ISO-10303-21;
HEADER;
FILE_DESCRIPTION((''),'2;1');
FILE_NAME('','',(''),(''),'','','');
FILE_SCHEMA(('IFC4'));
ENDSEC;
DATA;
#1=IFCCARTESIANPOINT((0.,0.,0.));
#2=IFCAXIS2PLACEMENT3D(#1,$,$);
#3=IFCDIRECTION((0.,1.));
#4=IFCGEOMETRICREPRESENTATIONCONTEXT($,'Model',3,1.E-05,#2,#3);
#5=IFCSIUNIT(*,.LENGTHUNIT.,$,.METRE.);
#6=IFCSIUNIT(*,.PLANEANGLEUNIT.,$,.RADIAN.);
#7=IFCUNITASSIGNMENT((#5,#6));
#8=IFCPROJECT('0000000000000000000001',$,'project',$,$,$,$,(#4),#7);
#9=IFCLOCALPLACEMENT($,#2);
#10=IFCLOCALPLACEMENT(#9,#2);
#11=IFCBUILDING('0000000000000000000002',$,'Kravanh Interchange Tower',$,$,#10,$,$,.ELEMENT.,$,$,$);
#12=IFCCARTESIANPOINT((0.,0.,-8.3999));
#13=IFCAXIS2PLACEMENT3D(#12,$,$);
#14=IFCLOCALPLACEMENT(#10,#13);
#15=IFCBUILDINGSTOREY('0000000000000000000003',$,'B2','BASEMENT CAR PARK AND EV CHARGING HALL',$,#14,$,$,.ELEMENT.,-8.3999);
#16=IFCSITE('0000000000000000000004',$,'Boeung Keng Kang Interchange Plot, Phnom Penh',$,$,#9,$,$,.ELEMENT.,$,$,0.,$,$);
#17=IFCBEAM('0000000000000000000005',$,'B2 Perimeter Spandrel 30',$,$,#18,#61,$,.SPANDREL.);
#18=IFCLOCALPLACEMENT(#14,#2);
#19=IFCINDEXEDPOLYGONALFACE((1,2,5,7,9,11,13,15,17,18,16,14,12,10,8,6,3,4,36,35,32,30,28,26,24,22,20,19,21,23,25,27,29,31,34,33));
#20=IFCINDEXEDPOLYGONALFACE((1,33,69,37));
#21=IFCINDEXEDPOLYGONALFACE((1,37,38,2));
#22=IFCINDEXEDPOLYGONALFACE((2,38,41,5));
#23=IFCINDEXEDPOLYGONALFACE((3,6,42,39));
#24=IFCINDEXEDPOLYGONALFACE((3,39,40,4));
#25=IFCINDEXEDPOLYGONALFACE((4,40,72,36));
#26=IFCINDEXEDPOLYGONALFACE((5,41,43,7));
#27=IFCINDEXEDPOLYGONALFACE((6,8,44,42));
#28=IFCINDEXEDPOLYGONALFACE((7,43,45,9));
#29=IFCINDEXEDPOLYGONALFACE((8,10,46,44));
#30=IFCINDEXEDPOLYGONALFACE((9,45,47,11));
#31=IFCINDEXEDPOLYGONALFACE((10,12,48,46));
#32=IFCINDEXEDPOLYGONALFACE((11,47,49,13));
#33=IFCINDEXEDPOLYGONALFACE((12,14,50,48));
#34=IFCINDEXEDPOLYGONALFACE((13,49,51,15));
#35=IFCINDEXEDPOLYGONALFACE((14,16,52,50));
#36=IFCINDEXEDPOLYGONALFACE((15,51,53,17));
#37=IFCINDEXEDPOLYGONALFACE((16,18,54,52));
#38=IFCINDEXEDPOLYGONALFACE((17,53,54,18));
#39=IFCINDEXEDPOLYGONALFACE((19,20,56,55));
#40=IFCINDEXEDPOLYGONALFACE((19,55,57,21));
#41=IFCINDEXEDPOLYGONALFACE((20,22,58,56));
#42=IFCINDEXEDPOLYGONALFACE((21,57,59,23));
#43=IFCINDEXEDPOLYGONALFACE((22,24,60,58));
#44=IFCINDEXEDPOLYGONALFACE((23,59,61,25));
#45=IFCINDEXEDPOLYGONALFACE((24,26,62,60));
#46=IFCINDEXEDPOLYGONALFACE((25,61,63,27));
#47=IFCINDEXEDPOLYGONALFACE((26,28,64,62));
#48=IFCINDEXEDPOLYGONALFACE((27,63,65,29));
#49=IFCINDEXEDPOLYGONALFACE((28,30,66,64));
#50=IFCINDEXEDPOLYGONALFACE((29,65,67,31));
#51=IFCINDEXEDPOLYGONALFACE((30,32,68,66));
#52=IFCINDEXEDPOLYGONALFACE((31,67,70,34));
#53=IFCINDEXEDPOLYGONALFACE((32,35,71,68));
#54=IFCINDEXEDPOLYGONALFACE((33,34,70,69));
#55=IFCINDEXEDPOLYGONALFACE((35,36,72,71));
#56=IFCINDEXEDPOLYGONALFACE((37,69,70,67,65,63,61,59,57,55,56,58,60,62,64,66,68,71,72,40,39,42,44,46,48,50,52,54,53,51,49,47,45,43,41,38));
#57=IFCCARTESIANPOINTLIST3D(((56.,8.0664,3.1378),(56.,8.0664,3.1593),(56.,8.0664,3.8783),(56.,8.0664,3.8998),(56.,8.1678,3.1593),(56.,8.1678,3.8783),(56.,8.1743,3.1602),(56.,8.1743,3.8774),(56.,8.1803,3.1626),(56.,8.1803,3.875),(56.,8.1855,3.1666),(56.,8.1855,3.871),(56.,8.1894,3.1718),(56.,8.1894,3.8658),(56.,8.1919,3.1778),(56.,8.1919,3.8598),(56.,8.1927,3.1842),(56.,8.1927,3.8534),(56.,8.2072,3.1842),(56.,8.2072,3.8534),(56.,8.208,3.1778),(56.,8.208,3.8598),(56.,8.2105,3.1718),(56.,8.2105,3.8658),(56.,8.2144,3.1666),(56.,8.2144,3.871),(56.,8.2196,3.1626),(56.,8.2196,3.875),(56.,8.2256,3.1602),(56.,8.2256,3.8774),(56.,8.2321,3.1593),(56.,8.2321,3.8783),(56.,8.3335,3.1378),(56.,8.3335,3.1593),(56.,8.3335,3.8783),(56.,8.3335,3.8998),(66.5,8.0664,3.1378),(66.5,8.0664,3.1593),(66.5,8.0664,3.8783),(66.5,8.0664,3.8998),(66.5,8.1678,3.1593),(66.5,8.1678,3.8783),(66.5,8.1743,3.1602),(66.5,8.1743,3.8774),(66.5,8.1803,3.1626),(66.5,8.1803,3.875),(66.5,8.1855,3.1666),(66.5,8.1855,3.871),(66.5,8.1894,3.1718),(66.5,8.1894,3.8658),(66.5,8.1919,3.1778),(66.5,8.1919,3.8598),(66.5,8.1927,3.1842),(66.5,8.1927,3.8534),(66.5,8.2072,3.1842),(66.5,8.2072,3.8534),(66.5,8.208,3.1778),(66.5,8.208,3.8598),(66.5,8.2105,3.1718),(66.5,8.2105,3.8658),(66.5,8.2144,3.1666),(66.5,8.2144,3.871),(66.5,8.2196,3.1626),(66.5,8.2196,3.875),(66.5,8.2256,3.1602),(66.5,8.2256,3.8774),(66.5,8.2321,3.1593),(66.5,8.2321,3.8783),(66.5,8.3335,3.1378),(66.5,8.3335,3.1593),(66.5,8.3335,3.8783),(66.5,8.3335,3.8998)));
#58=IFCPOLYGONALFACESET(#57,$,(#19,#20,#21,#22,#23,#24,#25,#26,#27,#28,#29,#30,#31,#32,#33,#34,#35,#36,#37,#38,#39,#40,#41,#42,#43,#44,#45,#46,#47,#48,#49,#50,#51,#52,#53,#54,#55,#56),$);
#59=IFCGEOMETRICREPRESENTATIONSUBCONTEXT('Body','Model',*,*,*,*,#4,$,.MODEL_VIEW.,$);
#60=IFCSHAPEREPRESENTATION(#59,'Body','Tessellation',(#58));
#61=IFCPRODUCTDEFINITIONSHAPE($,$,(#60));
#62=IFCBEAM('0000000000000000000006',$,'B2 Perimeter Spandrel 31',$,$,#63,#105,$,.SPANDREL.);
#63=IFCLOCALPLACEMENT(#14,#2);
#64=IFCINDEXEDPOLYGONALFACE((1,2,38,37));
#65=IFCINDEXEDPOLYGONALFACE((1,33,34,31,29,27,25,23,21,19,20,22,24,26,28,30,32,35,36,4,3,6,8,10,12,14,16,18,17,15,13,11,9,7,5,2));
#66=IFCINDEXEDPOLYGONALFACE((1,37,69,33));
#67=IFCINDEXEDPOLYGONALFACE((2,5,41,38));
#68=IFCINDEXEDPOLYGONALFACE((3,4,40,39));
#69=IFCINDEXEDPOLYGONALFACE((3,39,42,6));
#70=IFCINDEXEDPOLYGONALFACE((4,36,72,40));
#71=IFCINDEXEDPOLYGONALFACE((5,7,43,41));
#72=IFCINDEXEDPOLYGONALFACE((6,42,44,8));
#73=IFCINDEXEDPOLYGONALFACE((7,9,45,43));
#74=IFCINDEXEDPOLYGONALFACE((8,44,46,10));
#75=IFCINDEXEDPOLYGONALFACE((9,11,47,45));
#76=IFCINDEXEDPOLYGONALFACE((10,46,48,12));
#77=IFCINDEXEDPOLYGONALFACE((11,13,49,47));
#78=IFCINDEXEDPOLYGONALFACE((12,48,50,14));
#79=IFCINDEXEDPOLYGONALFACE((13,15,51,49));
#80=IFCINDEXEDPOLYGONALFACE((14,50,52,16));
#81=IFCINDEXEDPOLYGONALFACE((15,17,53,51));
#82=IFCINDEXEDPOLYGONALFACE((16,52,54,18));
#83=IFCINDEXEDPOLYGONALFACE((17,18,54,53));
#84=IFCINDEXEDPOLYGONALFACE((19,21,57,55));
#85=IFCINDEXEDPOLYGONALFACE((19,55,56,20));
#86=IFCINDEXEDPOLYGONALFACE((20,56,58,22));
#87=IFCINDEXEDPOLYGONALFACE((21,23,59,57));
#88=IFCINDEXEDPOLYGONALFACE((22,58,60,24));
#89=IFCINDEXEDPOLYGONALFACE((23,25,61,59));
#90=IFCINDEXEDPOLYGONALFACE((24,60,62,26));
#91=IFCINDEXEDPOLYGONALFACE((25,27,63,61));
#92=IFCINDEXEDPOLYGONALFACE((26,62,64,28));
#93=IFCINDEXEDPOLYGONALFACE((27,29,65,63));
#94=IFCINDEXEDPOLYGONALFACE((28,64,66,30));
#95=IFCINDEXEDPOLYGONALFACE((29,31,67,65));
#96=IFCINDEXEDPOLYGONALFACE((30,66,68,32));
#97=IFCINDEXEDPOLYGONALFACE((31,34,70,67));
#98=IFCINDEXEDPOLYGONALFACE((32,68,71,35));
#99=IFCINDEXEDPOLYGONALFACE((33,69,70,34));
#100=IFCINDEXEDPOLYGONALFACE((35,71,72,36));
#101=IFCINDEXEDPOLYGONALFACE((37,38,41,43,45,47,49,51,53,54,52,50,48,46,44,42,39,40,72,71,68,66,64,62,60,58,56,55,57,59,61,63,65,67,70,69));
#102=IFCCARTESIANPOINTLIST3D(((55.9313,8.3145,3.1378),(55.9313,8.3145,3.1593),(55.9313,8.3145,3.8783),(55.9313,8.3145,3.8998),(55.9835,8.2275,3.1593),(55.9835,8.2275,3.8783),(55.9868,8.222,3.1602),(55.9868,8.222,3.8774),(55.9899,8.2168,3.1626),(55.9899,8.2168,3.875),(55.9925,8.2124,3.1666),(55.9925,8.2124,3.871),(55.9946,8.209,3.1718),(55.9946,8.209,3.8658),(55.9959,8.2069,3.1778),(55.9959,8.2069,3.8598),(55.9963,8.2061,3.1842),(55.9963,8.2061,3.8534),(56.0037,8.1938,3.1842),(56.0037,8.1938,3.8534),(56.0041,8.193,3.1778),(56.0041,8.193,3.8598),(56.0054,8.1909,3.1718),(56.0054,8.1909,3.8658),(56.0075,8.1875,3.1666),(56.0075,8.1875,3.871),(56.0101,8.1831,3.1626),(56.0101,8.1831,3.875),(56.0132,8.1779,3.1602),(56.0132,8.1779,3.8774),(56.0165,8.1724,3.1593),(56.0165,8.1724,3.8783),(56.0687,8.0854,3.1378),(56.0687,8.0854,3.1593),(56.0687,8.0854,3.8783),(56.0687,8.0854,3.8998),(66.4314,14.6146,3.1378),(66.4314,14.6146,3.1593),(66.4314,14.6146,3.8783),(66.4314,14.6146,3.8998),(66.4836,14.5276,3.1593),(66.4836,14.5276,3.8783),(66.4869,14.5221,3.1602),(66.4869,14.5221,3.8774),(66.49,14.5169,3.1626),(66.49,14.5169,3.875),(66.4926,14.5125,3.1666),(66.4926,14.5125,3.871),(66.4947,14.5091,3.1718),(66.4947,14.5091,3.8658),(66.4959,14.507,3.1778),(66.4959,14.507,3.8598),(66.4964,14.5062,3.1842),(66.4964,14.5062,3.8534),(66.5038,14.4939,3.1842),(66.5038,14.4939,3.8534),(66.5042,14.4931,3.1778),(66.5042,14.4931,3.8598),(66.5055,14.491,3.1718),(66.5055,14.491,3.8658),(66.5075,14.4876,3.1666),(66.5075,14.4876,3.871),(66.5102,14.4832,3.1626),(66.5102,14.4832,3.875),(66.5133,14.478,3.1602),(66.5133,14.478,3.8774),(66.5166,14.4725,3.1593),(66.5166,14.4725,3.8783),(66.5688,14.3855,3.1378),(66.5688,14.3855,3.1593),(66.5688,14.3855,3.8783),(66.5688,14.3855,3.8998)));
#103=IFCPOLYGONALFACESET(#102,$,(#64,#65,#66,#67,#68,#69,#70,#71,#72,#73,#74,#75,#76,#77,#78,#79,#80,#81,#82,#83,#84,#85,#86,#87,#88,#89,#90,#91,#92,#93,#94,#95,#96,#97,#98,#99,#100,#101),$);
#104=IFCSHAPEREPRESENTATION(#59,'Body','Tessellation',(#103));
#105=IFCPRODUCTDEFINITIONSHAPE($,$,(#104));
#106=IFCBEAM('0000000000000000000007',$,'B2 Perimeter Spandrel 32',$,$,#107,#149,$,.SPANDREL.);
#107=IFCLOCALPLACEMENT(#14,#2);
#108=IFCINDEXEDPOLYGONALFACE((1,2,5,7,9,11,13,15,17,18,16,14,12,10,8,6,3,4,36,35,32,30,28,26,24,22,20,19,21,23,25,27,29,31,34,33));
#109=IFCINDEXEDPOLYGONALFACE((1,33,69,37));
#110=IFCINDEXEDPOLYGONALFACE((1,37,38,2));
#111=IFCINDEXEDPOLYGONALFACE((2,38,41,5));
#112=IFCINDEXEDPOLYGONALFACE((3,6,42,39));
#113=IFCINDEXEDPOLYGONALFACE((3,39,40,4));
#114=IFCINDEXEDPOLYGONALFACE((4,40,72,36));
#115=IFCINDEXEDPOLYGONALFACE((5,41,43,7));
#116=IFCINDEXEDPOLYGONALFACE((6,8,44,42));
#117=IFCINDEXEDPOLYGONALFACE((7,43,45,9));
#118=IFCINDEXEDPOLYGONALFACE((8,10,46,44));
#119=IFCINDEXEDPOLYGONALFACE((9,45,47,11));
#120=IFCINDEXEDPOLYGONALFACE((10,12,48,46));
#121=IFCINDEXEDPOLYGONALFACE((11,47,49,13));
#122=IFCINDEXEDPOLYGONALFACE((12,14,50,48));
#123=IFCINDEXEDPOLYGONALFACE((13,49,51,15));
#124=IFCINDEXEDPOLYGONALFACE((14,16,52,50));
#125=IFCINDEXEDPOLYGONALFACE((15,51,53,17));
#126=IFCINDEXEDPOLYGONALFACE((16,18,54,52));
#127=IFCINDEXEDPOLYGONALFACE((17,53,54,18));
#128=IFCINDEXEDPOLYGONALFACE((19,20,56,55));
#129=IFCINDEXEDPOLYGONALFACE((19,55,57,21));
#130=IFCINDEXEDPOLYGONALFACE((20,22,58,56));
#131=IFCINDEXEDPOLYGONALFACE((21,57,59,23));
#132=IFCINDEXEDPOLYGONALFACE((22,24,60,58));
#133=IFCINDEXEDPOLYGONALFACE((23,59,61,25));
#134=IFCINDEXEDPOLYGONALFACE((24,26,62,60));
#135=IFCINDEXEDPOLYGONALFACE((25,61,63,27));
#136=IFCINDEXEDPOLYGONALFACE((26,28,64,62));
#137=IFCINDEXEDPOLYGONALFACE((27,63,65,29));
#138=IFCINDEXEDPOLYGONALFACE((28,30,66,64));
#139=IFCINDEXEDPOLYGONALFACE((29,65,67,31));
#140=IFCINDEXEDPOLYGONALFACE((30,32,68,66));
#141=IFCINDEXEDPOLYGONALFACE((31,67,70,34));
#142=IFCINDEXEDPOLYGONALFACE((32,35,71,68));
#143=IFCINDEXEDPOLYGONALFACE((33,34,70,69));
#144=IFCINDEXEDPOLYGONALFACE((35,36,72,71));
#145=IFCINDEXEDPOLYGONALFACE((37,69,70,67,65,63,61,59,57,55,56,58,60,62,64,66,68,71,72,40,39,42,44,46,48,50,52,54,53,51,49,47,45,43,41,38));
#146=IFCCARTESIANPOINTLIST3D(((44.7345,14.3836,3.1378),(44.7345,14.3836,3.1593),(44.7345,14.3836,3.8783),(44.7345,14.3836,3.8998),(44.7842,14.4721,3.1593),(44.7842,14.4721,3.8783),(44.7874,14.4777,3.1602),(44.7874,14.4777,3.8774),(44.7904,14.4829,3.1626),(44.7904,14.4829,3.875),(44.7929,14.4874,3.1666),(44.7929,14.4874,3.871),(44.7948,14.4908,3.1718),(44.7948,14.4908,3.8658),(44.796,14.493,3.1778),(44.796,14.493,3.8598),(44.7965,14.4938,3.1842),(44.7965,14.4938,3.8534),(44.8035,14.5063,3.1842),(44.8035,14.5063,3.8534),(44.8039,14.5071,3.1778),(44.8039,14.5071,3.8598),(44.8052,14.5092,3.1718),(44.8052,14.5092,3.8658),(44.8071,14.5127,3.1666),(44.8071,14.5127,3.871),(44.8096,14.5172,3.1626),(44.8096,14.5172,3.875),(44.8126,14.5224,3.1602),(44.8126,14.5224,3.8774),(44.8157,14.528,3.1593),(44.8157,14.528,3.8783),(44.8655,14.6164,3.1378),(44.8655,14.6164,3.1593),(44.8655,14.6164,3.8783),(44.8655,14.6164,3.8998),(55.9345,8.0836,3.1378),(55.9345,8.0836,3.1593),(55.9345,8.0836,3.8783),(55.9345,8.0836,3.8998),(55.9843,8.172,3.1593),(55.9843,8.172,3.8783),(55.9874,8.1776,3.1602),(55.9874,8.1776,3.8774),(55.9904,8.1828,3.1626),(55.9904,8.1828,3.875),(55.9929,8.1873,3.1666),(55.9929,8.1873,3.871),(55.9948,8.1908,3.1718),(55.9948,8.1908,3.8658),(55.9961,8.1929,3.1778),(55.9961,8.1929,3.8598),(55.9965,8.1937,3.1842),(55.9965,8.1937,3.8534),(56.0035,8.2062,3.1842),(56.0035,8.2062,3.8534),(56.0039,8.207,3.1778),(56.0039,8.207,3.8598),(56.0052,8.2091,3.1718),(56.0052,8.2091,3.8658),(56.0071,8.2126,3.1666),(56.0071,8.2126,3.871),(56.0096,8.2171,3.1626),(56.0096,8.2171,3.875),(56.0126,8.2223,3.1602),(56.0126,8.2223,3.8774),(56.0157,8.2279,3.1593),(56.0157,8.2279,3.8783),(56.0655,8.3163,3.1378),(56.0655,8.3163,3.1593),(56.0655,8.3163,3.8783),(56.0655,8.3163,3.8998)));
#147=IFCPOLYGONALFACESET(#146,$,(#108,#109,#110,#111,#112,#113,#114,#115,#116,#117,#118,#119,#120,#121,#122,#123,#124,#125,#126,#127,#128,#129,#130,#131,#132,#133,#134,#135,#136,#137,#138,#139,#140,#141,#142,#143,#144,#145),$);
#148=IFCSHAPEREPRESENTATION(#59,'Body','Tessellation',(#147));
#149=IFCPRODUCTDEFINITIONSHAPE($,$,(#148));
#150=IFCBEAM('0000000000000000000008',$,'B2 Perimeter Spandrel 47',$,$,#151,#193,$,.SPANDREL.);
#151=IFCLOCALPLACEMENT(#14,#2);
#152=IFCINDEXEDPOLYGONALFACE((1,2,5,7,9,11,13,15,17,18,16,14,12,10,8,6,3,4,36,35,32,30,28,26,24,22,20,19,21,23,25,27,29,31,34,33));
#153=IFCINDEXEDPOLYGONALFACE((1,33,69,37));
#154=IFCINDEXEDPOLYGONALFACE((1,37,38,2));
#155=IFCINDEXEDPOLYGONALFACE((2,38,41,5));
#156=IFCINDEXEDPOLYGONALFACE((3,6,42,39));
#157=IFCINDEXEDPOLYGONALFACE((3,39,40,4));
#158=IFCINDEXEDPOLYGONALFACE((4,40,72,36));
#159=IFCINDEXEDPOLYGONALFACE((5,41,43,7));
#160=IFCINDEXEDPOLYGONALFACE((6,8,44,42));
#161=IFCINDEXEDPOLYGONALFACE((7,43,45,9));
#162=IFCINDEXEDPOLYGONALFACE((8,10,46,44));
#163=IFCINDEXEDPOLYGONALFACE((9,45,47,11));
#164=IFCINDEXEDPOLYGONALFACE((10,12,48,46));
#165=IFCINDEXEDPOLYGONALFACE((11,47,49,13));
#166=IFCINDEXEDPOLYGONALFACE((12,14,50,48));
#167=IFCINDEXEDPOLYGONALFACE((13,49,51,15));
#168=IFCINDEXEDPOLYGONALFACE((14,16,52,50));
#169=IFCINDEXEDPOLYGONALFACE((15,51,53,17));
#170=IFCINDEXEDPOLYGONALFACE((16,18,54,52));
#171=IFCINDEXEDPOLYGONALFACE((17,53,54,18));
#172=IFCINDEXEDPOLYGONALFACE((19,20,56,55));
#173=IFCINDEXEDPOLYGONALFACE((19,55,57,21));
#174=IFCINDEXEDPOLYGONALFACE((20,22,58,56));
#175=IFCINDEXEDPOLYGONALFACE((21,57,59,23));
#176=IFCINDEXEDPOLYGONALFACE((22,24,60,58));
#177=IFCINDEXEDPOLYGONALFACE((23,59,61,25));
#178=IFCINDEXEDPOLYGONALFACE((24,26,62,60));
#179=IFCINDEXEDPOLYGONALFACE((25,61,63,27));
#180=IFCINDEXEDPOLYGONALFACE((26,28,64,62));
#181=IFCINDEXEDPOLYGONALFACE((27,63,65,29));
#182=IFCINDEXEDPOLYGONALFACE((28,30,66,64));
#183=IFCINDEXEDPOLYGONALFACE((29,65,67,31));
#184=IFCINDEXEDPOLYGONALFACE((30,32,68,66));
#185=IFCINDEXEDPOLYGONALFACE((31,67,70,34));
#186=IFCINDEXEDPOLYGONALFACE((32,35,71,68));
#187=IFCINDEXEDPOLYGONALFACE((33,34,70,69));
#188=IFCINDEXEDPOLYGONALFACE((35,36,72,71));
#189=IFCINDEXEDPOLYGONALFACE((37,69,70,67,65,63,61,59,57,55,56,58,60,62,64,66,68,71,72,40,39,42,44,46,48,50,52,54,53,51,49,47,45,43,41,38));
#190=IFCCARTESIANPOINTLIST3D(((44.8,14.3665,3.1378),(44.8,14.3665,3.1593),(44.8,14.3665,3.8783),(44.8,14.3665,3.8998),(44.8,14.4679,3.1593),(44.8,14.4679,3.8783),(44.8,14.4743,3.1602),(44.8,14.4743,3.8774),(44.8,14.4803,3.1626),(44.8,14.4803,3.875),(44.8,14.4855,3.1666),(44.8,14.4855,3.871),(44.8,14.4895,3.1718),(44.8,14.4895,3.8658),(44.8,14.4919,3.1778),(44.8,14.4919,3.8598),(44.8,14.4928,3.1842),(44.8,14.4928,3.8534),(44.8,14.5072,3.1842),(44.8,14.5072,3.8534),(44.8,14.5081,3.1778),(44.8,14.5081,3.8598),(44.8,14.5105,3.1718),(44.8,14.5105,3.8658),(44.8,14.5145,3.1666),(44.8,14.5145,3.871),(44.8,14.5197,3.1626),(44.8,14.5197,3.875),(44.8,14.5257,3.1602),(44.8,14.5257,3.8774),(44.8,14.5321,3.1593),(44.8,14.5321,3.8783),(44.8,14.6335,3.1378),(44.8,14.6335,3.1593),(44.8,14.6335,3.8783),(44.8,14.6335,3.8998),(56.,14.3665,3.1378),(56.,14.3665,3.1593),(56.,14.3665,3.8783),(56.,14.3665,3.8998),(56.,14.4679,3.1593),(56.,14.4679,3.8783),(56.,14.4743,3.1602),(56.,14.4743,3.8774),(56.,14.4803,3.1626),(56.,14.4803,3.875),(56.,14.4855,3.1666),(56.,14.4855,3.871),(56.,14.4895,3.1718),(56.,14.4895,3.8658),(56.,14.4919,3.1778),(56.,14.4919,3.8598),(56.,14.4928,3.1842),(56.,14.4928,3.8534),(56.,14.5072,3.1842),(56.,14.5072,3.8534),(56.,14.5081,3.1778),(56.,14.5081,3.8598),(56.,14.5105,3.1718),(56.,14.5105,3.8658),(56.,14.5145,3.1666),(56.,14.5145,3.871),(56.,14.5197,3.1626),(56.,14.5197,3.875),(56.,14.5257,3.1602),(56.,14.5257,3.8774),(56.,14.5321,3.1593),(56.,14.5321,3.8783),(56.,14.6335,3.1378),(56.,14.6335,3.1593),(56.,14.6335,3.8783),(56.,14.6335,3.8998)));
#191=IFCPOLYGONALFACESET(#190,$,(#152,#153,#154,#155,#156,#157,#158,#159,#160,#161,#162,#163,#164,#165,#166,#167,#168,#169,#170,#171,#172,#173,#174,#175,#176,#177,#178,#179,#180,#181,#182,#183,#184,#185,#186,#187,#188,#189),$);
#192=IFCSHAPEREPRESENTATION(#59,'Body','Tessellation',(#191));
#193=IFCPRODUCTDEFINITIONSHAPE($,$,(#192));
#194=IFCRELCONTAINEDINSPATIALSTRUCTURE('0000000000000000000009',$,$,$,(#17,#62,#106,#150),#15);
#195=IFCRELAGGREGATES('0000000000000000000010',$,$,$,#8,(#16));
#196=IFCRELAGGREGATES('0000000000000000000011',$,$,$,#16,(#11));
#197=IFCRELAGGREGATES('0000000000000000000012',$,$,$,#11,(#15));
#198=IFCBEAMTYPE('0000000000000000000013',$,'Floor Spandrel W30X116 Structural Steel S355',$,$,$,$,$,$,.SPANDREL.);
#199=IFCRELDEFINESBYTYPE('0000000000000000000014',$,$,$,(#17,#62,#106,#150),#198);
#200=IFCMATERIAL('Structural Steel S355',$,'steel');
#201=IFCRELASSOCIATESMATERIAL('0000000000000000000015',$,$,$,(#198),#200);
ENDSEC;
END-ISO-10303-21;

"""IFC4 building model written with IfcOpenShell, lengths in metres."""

from ifc_helpers import new_model, si_unit, direction, frame, origin, origin_2d, place, context, subcontext, project, spatial, i_section, extrude, material, material_profile, profile_set, type_object, element, save


model = new_model("IFC4")

# Units and contexts
model_context = context("Model", 3, precision=1e-05, world=origin(), true_north=direction((0.0, 1.0)))
body_context = subcontext(model_context, "Body", "Model", "MODEL_VIEW")
ifc_project = project(units=[si_unit("LENGTHUNIT", "METRE"), si_unit("PLANEANGLEUNIT", "RADIAN")], contexts=[model_context])

# Site, building, storey
site_placement = place(None, origin())
site = spatial("IfcSite", under=ifc_project, at=site_placement, Name="Boeung Keng Kang Interchange Plot, Phnom Penh", CompositionType="ELEMENT", RefElevation=0.0)
building_placement = place(site_placement, origin())
building = spatial("IfcBuilding", under=site, at=building_placement, Name="Kravanh Interchange Tower", CompositionType="ELEMENT")
storey_placement = place(building_placement, frame((0.0, 0.0, -8.3999)))
storey = spatial("IfcBuildingStorey", under=building, at=storey_placement, Name="B2", Description="BASEMENT CAR PARK AND EV CHARGING HALL", CompositionType="ELEMENT", Elevation=-8.3999)

# Beams
ifc_material_1 = material(Name="Structural Steel S355", Category="steel")
ifc_material_profile_1 = material_profile(ifc_material_1, i_section(OverallWidth=0.2671, OverallDepth=0.762, WebThickness=0.0144, FlangeThickness=0.0215, FilletRadius=0.0249, at=origin_2d()), Name="W30X116")
ifc_profile_set_1 = profile_set([ifc_material_profile_1], Name="Structural Steel S355")
beam_type_1 = type_object("IfcBeamType", Name="Floor Spandrel W30X116 Structural Steel S355", PredefinedType="SPANDREL", material=ifc_profile_set_1)
beam_1_placement = place(storey_placement, frame((56.0, 8.2, 3.5188), z_axis=(1.0, 0.0, 0.0), x_axis=(0.0, 1.0, 0.0)))
element("IfcBeam", 1, at=beam_1_placement, inside=storey, type_object=beam_type_1, Name="B2 Perimeter Spandrel 30", PredefinedType="SPANDREL", context=body_context, shape_type="SweptSolid", body=[
    extrude(i_section(OverallWidth=0.2671, OverallDepth=0.762, WebThickness=0.0144, FlangeThickness=0.0215, FilletRadius=0.0249, at=origin_2d()), origin(), (0.0, 0.0, 1.0), 10.5),
])
beam_2_placement = place(storey_placement, frame((56.0, 8.2, 3.5188), z_axis=(0.857491, 0.514499, 0.0), x_axis=(-0.514499, 0.857491, 0.0)))
element("IfcBeam", 2, at=beam_2_placement, inside=storey, type_object=beam_type_1, Name="B2 Perimeter Spandrel 31", PredefinedType="SPANDREL", context=body_context, shape_type="SweptSolid", body=[
    extrude(i_section(OverallWidth=0.2671, OverallDepth=0.762, WebThickness=0.0144, FlangeThickness=0.0215, FilletRadius=0.0249, at=origin_2d()), origin(), (0.0, 0.0, 1.0), 12.2451),
])
beam_3_placement = place(storey_placement, frame((56.0, 8.2, 3.5188), z_axis=(-0.871573, 0.490266, 0.0), x_axis=(-0.490266, -0.871573, 0.0)))
element("IfcBeam", 3, at=beam_3_placement, inside=storey, type_object=beam_type_1, Name="B2 Perimeter Spandrel 32", PredefinedType="SPANDREL", context=body_context, shape_type="SweptSolid", body=[
    extrude(i_section(OverallWidth=0.2671, OverallDepth=0.762, WebThickness=0.0144, FlangeThickness=0.0215, FilletRadius=0.0249, at=origin_2d()), origin(), (0.0, 0.0, 1.0), 12.8503),
])
beam_4_placement = place(storey_placement, frame((44.8, 14.5, 3.5188), z_axis=(1.0, 0.0, 0.0), x_axis=(0.0, 1.0, 0.0)))
element("IfcBeam", 4, at=beam_4_placement, inside=storey, type_object=beam_type_1, Name="B2 Perimeter Spandrel 47", PredefinedType="SPANDREL", context=body_context, shape_type="SweptSolid", body=[
    extrude(i_section(OverallWidth=0.2671, OverallDepth=0.762, WebThickness=0.0144, FlangeThickness=0.0215, FilletRadius=0.0249, at=origin_2d()), origin(), (0.0, 0.0, 1.0), 11.2),
])

save(model, "model.ifc")
